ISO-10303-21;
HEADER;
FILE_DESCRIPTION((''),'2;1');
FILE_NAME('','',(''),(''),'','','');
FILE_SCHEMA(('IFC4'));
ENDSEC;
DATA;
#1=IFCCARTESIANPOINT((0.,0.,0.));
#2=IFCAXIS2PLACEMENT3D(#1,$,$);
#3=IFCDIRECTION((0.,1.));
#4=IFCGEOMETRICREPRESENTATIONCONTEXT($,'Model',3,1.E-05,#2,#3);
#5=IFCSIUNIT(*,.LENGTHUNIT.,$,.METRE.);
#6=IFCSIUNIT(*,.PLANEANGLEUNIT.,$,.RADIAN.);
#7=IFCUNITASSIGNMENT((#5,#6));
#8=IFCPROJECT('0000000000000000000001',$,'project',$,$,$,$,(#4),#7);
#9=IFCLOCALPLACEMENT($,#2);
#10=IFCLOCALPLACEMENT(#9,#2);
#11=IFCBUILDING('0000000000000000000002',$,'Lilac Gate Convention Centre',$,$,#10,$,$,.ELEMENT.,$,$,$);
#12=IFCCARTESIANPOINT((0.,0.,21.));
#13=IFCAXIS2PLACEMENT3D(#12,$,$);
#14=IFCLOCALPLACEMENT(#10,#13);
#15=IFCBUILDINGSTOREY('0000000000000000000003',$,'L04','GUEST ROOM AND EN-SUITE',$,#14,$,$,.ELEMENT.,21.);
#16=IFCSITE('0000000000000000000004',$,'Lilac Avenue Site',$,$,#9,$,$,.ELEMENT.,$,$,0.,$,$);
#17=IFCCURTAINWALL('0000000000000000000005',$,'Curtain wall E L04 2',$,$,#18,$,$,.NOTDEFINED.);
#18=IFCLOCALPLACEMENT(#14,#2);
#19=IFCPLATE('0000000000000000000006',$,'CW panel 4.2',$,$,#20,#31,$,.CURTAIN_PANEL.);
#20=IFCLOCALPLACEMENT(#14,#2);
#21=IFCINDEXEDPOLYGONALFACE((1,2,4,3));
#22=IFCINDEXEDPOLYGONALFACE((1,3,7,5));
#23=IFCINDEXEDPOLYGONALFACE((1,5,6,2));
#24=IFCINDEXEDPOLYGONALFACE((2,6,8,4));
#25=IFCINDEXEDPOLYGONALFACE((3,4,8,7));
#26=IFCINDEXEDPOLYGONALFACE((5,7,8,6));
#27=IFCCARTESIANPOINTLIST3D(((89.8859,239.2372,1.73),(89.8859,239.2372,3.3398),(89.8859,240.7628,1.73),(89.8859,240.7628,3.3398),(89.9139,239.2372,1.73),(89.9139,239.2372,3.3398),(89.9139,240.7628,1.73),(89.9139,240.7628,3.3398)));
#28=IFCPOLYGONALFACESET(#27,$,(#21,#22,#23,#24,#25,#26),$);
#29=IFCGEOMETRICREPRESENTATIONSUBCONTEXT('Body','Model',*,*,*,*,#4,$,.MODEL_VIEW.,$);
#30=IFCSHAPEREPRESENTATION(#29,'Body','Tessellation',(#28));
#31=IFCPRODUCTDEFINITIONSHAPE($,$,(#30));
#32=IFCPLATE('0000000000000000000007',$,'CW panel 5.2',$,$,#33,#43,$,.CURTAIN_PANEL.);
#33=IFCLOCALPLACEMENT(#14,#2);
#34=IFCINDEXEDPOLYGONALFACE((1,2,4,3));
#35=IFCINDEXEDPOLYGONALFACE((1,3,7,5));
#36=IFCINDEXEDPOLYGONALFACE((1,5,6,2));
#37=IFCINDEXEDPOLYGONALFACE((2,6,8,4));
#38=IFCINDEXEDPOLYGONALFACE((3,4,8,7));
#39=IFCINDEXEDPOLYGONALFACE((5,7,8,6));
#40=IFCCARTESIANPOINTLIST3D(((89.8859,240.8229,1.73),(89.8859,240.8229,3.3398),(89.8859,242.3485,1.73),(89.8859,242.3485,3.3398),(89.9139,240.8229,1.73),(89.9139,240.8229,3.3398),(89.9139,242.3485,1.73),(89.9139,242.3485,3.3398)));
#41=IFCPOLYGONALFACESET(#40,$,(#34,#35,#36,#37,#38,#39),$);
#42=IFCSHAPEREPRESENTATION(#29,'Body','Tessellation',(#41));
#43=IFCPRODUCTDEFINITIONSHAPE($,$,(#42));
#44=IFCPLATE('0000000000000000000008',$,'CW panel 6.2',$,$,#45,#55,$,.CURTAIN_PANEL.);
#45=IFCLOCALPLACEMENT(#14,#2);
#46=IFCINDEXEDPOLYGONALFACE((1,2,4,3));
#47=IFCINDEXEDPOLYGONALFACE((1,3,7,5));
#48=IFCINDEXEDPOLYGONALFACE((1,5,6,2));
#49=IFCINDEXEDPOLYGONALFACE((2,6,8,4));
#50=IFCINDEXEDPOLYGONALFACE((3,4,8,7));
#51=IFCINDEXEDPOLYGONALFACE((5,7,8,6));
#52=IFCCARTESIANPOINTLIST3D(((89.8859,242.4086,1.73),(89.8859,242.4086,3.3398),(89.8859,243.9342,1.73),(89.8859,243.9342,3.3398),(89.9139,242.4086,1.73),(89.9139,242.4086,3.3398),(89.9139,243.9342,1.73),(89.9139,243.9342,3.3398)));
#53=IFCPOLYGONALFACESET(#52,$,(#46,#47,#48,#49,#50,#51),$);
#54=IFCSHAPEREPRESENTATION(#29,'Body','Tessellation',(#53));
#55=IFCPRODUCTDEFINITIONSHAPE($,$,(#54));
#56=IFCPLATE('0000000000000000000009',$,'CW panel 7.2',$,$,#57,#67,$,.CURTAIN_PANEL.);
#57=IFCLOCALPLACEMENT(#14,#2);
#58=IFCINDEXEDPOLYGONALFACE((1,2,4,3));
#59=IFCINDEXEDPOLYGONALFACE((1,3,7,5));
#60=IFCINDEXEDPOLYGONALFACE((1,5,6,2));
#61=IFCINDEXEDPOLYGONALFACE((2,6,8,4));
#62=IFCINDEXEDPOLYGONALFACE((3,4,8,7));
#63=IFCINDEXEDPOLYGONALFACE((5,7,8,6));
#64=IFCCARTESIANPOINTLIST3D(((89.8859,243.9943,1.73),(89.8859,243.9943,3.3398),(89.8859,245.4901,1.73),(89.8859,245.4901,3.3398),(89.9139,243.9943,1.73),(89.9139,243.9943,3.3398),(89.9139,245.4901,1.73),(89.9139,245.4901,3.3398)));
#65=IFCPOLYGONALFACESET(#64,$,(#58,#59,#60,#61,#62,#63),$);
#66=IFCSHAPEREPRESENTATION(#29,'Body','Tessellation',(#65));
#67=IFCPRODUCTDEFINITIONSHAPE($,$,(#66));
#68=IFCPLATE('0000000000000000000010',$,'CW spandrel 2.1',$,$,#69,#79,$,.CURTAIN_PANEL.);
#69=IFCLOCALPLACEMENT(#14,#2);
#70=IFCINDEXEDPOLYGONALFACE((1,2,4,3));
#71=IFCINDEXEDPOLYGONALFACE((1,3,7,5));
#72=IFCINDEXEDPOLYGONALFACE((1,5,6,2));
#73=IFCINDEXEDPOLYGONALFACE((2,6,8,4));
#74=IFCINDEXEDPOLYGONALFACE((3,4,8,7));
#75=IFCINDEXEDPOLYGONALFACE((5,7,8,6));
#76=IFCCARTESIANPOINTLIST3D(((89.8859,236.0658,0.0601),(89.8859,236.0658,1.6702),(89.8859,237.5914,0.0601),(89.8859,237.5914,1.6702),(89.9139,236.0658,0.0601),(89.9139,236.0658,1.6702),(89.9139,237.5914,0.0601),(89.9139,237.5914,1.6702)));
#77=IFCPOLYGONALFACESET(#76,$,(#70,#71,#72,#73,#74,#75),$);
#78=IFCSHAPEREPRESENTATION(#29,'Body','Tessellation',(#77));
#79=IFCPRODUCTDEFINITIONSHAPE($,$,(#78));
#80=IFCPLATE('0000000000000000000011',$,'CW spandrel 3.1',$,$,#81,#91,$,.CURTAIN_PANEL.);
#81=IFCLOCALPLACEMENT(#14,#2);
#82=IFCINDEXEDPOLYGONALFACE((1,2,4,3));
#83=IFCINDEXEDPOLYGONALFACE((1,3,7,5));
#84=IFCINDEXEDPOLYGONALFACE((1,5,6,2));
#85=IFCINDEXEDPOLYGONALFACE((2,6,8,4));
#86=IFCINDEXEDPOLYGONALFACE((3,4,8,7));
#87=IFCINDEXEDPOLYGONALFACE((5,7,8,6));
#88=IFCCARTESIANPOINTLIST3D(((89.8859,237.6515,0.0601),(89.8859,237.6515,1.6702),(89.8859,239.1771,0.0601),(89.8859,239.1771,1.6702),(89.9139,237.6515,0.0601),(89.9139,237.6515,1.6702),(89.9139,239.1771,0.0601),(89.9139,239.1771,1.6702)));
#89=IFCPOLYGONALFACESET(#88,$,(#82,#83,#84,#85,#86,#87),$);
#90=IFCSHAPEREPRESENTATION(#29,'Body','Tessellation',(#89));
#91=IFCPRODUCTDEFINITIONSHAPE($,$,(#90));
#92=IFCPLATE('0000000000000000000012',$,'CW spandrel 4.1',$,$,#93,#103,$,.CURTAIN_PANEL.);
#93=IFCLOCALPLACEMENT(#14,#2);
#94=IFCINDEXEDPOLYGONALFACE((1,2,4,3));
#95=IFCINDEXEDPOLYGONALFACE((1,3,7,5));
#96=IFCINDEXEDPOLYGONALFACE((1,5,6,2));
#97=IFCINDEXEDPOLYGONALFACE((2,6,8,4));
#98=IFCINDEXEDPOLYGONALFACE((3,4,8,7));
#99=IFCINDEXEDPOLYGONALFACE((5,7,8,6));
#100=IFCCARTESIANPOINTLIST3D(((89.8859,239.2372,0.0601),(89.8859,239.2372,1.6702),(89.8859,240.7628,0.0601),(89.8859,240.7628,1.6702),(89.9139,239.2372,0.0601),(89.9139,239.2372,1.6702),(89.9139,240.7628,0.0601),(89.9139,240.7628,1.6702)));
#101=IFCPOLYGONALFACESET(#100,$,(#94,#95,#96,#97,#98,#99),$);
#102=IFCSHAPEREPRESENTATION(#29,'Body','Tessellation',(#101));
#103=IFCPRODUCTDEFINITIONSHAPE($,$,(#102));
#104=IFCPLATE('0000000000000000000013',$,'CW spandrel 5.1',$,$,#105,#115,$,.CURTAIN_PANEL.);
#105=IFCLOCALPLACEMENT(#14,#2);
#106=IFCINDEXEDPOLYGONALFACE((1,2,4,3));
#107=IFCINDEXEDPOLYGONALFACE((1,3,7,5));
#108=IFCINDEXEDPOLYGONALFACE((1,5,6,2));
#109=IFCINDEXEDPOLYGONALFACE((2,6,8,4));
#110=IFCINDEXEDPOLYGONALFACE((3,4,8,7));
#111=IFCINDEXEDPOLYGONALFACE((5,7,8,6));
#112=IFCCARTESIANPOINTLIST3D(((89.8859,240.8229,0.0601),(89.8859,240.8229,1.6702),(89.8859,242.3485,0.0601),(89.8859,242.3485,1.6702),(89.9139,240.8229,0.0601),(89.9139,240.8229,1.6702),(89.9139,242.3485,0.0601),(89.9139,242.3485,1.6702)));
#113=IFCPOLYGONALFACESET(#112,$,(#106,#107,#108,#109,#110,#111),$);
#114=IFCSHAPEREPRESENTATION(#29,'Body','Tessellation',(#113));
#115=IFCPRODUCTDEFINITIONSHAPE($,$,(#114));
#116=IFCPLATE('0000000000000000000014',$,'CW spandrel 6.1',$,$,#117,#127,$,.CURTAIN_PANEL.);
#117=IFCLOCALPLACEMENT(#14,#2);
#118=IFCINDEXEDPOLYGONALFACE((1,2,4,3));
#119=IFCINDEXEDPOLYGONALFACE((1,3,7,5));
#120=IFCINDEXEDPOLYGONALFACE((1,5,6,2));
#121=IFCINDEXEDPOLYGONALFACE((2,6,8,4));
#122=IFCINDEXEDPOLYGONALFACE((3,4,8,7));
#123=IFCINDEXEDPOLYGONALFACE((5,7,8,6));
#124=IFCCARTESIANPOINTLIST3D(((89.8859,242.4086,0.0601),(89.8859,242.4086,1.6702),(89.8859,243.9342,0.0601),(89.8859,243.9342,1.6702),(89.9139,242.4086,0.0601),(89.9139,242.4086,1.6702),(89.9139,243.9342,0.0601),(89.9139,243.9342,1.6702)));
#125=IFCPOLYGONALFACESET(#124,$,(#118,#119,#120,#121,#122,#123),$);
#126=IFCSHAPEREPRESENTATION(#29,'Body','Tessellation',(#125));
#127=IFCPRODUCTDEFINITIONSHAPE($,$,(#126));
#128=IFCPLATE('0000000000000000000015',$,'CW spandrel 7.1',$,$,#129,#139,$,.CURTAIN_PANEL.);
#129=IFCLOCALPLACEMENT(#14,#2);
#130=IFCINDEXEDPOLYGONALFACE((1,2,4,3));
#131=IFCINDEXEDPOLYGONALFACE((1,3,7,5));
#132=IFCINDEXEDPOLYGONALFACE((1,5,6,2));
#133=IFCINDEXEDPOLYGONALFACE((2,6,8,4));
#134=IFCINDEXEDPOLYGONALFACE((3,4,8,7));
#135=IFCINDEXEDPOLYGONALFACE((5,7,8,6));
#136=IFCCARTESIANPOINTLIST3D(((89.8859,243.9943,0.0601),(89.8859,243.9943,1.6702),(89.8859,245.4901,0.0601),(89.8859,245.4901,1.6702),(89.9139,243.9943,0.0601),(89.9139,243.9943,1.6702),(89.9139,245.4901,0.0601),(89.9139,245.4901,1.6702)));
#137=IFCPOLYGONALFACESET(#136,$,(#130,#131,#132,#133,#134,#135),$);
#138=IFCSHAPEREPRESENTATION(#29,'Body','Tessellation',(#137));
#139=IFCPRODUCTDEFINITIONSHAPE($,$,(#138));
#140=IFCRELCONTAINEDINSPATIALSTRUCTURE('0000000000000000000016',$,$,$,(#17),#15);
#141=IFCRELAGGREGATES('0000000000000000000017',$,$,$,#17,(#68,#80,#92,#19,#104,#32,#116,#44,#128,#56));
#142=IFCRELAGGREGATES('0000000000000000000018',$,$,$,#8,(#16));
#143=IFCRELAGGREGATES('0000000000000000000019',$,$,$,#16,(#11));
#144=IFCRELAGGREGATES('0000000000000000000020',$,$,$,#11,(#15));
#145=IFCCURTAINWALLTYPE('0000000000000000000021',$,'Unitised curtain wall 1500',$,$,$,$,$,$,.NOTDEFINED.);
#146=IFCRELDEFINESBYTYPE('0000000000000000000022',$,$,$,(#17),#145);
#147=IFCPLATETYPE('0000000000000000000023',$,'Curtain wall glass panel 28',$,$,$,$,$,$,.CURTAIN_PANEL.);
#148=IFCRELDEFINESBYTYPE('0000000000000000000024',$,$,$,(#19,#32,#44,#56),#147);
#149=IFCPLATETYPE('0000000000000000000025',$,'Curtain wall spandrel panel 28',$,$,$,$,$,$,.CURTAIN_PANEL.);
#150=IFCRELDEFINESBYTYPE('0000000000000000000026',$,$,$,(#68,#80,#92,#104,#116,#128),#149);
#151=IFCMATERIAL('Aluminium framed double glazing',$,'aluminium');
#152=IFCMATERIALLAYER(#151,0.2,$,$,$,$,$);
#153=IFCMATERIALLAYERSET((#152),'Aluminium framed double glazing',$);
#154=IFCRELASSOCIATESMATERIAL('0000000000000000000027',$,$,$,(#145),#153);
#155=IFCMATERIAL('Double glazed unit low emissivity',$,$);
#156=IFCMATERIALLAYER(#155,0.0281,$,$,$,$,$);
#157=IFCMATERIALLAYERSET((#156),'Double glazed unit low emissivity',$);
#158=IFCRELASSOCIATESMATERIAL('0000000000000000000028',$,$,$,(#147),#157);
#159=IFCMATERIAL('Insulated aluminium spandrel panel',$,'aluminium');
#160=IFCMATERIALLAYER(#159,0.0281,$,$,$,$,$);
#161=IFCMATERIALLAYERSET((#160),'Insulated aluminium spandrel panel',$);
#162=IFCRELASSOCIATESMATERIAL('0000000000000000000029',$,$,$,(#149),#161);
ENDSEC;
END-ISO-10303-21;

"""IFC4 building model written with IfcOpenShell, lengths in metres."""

from ifc_helpers import new_model, si_unit, direction, frame, origin, origin_2d, place, context, subcontext, project, spatial, rectangle, extrude, material, layer, layer_set, type_object, element, aggregate, save


model = new_model("IFC4")

# Units and contexts
model_context = context("Model", 3, precision=1e-05, world=origin(), true_north=direction((0.0, 1.0)))
body_context = subcontext(model_context, "Body", "Model", "MODEL_VIEW")
ifc_project = project(units=[si_unit("LENGTHUNIT", "METRE"), si_unit("PLANEANGLEUNIT", "RADIAN")], contexts=[model_context])

# Site, building, storey
site_placement = place(None, origin())
site = spatial("IfcSite", under=ifc_project, at=site_placement, Name="Lilac Avenue Site", CompositionType="ELEMENT", RefElevation=0.0)
building_placement = place(site_placement, origin())
building = spatial("IfcBuilding", under=site, at=building_placement, Name="Lilac Gate Convention Centre", CompositionType="ELEMENT")
storey_placement = place(building_placement, frame((0.0, 0.0, 21.0)))
storey = spatial("IfcBuildingStorey", under=building, at=storey_placement, Name="L04", Description="GUEST ROOM AND EN-SUITE", CompositionType="ELEMENT", Elevation=21.0)

# Curtain wall, plates
ifc_material_1 = material(Name="Aluminium framed double glazing", Category="aluminium")
ifc_layer_1 = layer(ifc_material_1, 0.2)
ifc_layer_set_1 = layer_set([ifc_layer_1], Name="Aluminium framed double glazing")
curtain_wall_type = type_object("IfcCurtainWallType", Name="Unitised curtain wall 1500", PredefinedType="NOTDEFINED", material=ifc_layer_set_1)
curtain_wall_placement = place(storey_placement, origin())
curtain_wall = element("IfcCurtainWall", 1, at=curtain_wall_placement, inside=storey, type_object=curtain_wall_type, Name="Curtain wall E L04 2", PredefinedType="NOTDEFINED")
ifc_material_2 = material(Name="Double glazed unit low emissivity")
ifc_layer_2 = layer(ifc_material_2, 0.0281)
ifc_layer_set_2 = layer_set([ifc_layer_2], Name="Double glazed unit low emissivity")
plate_type_1 = type_object("IfcPlateType", Name="Curtain wall glass panel 28", PredefinedType="CURTAIN_PANEL", material=ifc_layer_set_2)
plate_1_placement = place(storey_placement, frame((89.8999, 240.0, 1.73), z_axis=(0.0, 0.0, 1.0), x_axis=(0.0, 1.0, 0.0)))
plate_1 = element("IfcPlate", 2, at=plate_1_placement, type_object=plate_type_1, Name="CW panel 4.2", PredefinedType="CURTAIN_PANEL", context=body_context, shape_type="SweptSolid", body=[
    extrude(rectangle(XDim=1.5256, YDim=0.0281, at=origin_2d()), origin(), (0.0, 0.0, 1.0), 1.6099),
])
plate_2_placement = place(storey_placement, frame((89.8999, 241.5857, 1.73), z_axis=(0.0, 0.0, 1.0), x_axis=(0.0, 1.0, 0.0)))
plate_2 = element("IfcPlate", 3, at=plate_2_placement, type_object=plate_type_1, Name="CW panel 5.2", PredefinedType="CURTAIN_PANEL", context=body_context, shape_type="SweptSolid", body=[
    extrude(rectangle(XDim=1.5256, YDim=0.0281, at=origin_2d()), origin(), (0.0, 0.0, 1.0), 1.6099),
])
plate_3_placement = place(storey_placement, frame((89.8999, 243.1714, 1.73), z_axis=(0.0, 0.0, 1.0), x_axis=(0.0, 1.0, 0.0)))
plate_3 = element("IfcPlate", 4, at=plate_3_placement, type_object=plate_type_1, Name="CW panel 6.2", PredefinedType="CURTAIN_PANEL", context=body_context, shape_type="SweptSolid", body=[
    extrude(rectangle(XDim=1.5256, YDim=0.0281, at=origin_2d()), origin(), (0.0, 0.0, 1.0), 1.6099),
])
plate_4_placement = place(storey_placement, frame((89.8999, 244.7422, 1.73), z_axis=(0.0, 0.0, 1.0), x_axis=(0.0, 1.0, 0.0)))
plate_4 = element("IfcPlate", 5, at=plate_4_placement, type_object=plate_type_1, Name="CW panel 7.2", PredefinedType="CURTAIN_PANEL", context=body_context, shape_type="SweptSolid", body=[
    extrude(rectangle(XDim=1.4958, YDim=0.0281, at=origin_2d()), origin(), (0.0, 0.0, 1.0), 1.6099),
])
ifc_material_3 = material(Name="Insulated aluminium spandrel panel", Category="aluminium")
ifc_layer_3 = layer(ifc_material_3, 0.0281)
ifc_layer_set_3 = layer_set([ifc_layer_3], Name="Insulated aluminium spandrel panel")
plate_type_2 = type_object("IfcPlateType", Name="Curtain wall spandrel panel 28", PredefinedType="CURTAIN_PANEL", material=ifc_layer_set_3)
plate_5_placement = place(storey_placement, frame((89.8999, 236.8286, 0.0601), z_axis=(0.0, 0.0, 1.0), x_axis=(0.0, 1.0, 0.0)))
plate_5 = element("IfcPlate", 6, at=plate_5_placement, type_object=plate_type_2, Name="CW spandrel 2.1", PredefinedType="CURTAIN_PANEL", context=body_context, shape_type="SweptSolid", body=[
    extrude(rectangle(XDim=1.5256, YDim=0.0281, at=origin_2d()), origin(), (0.0, 0.0, 1.0), 1.6101),
])
plate_6_placement = place(storey_placement, frame((89.8999, 238.4143, 0.0601), z_axis=(0.0, 0.0, 1.0), x_axis=(0.0, 1.0, 0.0)))
plate_6 = element("IfcPlate", 7, at=plate_6_placement, type_object=plate_type_2, Name="CW spandrel 3.1", PredefinedType="CURTAIN_PANEL", context=body_context, shape_type="SweptSolid", body=[
    extrude(rectangle(XDim=1.5256, YDim=0.0281, at=origin_2d()), origin(), (0.0, 0.0, 1.0), 1.6101),
])
plate_7_placement = place(storey_placement, frame((89.8999, 240.0, 0.0601), z_axis=(0.0, 0.0, 1.0), x_axis=(0.0, 1.0, 0.0)))
plate_7 = element("IfcPlate", 8, at=plate_7_placement, type_object=plate_type_2, Name="CW spandrel 4.1", PredefinedType="CURTAIN_PANEL", context=body_context, shape_type="SweptSolid", body=[
    extrude(rectangle(XDim=1.5256, YDim=0.0281, at=origin_2d()), origin(), (0.0, 0.0, 1.0), 1.6101),
])
plate_8_placement = place(storey_placement, frame((89.8999, 241.5857, 0.0601), z_axis=(0.0, 0.0, 1.0), x_axis=(0.0, 1.0, 0.0)))
plate_8 = element("IfcPlate", 9, at=plate_8_placement, type_object=plate_type_2, Name="CW spandrel 5.1", PredefinedType="CURTAIN_PANEL", context=body_context, shape_type="SweptSolid", body=[
    extrude(rectangle(XDim=1.5256, YDim=0.0281, at=origin_2d()), origin(), (0.0, 0.0, 1.0), 1.6101),
])
plate_9_placement = place(storey_placement, frame((89.8999, 243.1714, 0.0601), z_axis=(0.0, 0.0, 1.0), x_axis=(0.0, 1.0, 0.0)))
plate_9 = element("IfcPlate", 10, at=plate_9_placement, type_object=plate_type_2, Name="CW spandrel 6.1", PredefinedType="CURTAIN_PANEL", context=body_context, shape_type="SweptSolid", body=[
    extrude(rectangle(XDim=1.5256, YDim=0.0281, at=origin_2d()), origin(), (0.0, 0.0, 1.0), 1.6101),
])
plate_10_placement = place(storey_placement, frame((89.8999, 244.7422, 0.0601), z_axis=(0.0, 0.0, 1.0), x_axis=(0.0, 1.0, 0.0)))
plate_10 = element("IfcPlate", 11, at=plate_10_placement, type_object=plate_type_2, Name="CW spandrel 7.1", PredefinedType="CURTAIN_PANEL", context=body_context, shape_type="SweptSolid", body=[
    extrude(rectangle(XDim=1.4958, YDim=0.0281, at=origin_2d()), origin(), (0.0, 0.0, 1.0), 1.6101),
])
aggregate(curtain_wall, [plate_5, plate_6, plate_7, plate_1, plate_8, plate_2, plate_9, plate_3, plate_10, plate_4])

save(model, "model.ifc")
